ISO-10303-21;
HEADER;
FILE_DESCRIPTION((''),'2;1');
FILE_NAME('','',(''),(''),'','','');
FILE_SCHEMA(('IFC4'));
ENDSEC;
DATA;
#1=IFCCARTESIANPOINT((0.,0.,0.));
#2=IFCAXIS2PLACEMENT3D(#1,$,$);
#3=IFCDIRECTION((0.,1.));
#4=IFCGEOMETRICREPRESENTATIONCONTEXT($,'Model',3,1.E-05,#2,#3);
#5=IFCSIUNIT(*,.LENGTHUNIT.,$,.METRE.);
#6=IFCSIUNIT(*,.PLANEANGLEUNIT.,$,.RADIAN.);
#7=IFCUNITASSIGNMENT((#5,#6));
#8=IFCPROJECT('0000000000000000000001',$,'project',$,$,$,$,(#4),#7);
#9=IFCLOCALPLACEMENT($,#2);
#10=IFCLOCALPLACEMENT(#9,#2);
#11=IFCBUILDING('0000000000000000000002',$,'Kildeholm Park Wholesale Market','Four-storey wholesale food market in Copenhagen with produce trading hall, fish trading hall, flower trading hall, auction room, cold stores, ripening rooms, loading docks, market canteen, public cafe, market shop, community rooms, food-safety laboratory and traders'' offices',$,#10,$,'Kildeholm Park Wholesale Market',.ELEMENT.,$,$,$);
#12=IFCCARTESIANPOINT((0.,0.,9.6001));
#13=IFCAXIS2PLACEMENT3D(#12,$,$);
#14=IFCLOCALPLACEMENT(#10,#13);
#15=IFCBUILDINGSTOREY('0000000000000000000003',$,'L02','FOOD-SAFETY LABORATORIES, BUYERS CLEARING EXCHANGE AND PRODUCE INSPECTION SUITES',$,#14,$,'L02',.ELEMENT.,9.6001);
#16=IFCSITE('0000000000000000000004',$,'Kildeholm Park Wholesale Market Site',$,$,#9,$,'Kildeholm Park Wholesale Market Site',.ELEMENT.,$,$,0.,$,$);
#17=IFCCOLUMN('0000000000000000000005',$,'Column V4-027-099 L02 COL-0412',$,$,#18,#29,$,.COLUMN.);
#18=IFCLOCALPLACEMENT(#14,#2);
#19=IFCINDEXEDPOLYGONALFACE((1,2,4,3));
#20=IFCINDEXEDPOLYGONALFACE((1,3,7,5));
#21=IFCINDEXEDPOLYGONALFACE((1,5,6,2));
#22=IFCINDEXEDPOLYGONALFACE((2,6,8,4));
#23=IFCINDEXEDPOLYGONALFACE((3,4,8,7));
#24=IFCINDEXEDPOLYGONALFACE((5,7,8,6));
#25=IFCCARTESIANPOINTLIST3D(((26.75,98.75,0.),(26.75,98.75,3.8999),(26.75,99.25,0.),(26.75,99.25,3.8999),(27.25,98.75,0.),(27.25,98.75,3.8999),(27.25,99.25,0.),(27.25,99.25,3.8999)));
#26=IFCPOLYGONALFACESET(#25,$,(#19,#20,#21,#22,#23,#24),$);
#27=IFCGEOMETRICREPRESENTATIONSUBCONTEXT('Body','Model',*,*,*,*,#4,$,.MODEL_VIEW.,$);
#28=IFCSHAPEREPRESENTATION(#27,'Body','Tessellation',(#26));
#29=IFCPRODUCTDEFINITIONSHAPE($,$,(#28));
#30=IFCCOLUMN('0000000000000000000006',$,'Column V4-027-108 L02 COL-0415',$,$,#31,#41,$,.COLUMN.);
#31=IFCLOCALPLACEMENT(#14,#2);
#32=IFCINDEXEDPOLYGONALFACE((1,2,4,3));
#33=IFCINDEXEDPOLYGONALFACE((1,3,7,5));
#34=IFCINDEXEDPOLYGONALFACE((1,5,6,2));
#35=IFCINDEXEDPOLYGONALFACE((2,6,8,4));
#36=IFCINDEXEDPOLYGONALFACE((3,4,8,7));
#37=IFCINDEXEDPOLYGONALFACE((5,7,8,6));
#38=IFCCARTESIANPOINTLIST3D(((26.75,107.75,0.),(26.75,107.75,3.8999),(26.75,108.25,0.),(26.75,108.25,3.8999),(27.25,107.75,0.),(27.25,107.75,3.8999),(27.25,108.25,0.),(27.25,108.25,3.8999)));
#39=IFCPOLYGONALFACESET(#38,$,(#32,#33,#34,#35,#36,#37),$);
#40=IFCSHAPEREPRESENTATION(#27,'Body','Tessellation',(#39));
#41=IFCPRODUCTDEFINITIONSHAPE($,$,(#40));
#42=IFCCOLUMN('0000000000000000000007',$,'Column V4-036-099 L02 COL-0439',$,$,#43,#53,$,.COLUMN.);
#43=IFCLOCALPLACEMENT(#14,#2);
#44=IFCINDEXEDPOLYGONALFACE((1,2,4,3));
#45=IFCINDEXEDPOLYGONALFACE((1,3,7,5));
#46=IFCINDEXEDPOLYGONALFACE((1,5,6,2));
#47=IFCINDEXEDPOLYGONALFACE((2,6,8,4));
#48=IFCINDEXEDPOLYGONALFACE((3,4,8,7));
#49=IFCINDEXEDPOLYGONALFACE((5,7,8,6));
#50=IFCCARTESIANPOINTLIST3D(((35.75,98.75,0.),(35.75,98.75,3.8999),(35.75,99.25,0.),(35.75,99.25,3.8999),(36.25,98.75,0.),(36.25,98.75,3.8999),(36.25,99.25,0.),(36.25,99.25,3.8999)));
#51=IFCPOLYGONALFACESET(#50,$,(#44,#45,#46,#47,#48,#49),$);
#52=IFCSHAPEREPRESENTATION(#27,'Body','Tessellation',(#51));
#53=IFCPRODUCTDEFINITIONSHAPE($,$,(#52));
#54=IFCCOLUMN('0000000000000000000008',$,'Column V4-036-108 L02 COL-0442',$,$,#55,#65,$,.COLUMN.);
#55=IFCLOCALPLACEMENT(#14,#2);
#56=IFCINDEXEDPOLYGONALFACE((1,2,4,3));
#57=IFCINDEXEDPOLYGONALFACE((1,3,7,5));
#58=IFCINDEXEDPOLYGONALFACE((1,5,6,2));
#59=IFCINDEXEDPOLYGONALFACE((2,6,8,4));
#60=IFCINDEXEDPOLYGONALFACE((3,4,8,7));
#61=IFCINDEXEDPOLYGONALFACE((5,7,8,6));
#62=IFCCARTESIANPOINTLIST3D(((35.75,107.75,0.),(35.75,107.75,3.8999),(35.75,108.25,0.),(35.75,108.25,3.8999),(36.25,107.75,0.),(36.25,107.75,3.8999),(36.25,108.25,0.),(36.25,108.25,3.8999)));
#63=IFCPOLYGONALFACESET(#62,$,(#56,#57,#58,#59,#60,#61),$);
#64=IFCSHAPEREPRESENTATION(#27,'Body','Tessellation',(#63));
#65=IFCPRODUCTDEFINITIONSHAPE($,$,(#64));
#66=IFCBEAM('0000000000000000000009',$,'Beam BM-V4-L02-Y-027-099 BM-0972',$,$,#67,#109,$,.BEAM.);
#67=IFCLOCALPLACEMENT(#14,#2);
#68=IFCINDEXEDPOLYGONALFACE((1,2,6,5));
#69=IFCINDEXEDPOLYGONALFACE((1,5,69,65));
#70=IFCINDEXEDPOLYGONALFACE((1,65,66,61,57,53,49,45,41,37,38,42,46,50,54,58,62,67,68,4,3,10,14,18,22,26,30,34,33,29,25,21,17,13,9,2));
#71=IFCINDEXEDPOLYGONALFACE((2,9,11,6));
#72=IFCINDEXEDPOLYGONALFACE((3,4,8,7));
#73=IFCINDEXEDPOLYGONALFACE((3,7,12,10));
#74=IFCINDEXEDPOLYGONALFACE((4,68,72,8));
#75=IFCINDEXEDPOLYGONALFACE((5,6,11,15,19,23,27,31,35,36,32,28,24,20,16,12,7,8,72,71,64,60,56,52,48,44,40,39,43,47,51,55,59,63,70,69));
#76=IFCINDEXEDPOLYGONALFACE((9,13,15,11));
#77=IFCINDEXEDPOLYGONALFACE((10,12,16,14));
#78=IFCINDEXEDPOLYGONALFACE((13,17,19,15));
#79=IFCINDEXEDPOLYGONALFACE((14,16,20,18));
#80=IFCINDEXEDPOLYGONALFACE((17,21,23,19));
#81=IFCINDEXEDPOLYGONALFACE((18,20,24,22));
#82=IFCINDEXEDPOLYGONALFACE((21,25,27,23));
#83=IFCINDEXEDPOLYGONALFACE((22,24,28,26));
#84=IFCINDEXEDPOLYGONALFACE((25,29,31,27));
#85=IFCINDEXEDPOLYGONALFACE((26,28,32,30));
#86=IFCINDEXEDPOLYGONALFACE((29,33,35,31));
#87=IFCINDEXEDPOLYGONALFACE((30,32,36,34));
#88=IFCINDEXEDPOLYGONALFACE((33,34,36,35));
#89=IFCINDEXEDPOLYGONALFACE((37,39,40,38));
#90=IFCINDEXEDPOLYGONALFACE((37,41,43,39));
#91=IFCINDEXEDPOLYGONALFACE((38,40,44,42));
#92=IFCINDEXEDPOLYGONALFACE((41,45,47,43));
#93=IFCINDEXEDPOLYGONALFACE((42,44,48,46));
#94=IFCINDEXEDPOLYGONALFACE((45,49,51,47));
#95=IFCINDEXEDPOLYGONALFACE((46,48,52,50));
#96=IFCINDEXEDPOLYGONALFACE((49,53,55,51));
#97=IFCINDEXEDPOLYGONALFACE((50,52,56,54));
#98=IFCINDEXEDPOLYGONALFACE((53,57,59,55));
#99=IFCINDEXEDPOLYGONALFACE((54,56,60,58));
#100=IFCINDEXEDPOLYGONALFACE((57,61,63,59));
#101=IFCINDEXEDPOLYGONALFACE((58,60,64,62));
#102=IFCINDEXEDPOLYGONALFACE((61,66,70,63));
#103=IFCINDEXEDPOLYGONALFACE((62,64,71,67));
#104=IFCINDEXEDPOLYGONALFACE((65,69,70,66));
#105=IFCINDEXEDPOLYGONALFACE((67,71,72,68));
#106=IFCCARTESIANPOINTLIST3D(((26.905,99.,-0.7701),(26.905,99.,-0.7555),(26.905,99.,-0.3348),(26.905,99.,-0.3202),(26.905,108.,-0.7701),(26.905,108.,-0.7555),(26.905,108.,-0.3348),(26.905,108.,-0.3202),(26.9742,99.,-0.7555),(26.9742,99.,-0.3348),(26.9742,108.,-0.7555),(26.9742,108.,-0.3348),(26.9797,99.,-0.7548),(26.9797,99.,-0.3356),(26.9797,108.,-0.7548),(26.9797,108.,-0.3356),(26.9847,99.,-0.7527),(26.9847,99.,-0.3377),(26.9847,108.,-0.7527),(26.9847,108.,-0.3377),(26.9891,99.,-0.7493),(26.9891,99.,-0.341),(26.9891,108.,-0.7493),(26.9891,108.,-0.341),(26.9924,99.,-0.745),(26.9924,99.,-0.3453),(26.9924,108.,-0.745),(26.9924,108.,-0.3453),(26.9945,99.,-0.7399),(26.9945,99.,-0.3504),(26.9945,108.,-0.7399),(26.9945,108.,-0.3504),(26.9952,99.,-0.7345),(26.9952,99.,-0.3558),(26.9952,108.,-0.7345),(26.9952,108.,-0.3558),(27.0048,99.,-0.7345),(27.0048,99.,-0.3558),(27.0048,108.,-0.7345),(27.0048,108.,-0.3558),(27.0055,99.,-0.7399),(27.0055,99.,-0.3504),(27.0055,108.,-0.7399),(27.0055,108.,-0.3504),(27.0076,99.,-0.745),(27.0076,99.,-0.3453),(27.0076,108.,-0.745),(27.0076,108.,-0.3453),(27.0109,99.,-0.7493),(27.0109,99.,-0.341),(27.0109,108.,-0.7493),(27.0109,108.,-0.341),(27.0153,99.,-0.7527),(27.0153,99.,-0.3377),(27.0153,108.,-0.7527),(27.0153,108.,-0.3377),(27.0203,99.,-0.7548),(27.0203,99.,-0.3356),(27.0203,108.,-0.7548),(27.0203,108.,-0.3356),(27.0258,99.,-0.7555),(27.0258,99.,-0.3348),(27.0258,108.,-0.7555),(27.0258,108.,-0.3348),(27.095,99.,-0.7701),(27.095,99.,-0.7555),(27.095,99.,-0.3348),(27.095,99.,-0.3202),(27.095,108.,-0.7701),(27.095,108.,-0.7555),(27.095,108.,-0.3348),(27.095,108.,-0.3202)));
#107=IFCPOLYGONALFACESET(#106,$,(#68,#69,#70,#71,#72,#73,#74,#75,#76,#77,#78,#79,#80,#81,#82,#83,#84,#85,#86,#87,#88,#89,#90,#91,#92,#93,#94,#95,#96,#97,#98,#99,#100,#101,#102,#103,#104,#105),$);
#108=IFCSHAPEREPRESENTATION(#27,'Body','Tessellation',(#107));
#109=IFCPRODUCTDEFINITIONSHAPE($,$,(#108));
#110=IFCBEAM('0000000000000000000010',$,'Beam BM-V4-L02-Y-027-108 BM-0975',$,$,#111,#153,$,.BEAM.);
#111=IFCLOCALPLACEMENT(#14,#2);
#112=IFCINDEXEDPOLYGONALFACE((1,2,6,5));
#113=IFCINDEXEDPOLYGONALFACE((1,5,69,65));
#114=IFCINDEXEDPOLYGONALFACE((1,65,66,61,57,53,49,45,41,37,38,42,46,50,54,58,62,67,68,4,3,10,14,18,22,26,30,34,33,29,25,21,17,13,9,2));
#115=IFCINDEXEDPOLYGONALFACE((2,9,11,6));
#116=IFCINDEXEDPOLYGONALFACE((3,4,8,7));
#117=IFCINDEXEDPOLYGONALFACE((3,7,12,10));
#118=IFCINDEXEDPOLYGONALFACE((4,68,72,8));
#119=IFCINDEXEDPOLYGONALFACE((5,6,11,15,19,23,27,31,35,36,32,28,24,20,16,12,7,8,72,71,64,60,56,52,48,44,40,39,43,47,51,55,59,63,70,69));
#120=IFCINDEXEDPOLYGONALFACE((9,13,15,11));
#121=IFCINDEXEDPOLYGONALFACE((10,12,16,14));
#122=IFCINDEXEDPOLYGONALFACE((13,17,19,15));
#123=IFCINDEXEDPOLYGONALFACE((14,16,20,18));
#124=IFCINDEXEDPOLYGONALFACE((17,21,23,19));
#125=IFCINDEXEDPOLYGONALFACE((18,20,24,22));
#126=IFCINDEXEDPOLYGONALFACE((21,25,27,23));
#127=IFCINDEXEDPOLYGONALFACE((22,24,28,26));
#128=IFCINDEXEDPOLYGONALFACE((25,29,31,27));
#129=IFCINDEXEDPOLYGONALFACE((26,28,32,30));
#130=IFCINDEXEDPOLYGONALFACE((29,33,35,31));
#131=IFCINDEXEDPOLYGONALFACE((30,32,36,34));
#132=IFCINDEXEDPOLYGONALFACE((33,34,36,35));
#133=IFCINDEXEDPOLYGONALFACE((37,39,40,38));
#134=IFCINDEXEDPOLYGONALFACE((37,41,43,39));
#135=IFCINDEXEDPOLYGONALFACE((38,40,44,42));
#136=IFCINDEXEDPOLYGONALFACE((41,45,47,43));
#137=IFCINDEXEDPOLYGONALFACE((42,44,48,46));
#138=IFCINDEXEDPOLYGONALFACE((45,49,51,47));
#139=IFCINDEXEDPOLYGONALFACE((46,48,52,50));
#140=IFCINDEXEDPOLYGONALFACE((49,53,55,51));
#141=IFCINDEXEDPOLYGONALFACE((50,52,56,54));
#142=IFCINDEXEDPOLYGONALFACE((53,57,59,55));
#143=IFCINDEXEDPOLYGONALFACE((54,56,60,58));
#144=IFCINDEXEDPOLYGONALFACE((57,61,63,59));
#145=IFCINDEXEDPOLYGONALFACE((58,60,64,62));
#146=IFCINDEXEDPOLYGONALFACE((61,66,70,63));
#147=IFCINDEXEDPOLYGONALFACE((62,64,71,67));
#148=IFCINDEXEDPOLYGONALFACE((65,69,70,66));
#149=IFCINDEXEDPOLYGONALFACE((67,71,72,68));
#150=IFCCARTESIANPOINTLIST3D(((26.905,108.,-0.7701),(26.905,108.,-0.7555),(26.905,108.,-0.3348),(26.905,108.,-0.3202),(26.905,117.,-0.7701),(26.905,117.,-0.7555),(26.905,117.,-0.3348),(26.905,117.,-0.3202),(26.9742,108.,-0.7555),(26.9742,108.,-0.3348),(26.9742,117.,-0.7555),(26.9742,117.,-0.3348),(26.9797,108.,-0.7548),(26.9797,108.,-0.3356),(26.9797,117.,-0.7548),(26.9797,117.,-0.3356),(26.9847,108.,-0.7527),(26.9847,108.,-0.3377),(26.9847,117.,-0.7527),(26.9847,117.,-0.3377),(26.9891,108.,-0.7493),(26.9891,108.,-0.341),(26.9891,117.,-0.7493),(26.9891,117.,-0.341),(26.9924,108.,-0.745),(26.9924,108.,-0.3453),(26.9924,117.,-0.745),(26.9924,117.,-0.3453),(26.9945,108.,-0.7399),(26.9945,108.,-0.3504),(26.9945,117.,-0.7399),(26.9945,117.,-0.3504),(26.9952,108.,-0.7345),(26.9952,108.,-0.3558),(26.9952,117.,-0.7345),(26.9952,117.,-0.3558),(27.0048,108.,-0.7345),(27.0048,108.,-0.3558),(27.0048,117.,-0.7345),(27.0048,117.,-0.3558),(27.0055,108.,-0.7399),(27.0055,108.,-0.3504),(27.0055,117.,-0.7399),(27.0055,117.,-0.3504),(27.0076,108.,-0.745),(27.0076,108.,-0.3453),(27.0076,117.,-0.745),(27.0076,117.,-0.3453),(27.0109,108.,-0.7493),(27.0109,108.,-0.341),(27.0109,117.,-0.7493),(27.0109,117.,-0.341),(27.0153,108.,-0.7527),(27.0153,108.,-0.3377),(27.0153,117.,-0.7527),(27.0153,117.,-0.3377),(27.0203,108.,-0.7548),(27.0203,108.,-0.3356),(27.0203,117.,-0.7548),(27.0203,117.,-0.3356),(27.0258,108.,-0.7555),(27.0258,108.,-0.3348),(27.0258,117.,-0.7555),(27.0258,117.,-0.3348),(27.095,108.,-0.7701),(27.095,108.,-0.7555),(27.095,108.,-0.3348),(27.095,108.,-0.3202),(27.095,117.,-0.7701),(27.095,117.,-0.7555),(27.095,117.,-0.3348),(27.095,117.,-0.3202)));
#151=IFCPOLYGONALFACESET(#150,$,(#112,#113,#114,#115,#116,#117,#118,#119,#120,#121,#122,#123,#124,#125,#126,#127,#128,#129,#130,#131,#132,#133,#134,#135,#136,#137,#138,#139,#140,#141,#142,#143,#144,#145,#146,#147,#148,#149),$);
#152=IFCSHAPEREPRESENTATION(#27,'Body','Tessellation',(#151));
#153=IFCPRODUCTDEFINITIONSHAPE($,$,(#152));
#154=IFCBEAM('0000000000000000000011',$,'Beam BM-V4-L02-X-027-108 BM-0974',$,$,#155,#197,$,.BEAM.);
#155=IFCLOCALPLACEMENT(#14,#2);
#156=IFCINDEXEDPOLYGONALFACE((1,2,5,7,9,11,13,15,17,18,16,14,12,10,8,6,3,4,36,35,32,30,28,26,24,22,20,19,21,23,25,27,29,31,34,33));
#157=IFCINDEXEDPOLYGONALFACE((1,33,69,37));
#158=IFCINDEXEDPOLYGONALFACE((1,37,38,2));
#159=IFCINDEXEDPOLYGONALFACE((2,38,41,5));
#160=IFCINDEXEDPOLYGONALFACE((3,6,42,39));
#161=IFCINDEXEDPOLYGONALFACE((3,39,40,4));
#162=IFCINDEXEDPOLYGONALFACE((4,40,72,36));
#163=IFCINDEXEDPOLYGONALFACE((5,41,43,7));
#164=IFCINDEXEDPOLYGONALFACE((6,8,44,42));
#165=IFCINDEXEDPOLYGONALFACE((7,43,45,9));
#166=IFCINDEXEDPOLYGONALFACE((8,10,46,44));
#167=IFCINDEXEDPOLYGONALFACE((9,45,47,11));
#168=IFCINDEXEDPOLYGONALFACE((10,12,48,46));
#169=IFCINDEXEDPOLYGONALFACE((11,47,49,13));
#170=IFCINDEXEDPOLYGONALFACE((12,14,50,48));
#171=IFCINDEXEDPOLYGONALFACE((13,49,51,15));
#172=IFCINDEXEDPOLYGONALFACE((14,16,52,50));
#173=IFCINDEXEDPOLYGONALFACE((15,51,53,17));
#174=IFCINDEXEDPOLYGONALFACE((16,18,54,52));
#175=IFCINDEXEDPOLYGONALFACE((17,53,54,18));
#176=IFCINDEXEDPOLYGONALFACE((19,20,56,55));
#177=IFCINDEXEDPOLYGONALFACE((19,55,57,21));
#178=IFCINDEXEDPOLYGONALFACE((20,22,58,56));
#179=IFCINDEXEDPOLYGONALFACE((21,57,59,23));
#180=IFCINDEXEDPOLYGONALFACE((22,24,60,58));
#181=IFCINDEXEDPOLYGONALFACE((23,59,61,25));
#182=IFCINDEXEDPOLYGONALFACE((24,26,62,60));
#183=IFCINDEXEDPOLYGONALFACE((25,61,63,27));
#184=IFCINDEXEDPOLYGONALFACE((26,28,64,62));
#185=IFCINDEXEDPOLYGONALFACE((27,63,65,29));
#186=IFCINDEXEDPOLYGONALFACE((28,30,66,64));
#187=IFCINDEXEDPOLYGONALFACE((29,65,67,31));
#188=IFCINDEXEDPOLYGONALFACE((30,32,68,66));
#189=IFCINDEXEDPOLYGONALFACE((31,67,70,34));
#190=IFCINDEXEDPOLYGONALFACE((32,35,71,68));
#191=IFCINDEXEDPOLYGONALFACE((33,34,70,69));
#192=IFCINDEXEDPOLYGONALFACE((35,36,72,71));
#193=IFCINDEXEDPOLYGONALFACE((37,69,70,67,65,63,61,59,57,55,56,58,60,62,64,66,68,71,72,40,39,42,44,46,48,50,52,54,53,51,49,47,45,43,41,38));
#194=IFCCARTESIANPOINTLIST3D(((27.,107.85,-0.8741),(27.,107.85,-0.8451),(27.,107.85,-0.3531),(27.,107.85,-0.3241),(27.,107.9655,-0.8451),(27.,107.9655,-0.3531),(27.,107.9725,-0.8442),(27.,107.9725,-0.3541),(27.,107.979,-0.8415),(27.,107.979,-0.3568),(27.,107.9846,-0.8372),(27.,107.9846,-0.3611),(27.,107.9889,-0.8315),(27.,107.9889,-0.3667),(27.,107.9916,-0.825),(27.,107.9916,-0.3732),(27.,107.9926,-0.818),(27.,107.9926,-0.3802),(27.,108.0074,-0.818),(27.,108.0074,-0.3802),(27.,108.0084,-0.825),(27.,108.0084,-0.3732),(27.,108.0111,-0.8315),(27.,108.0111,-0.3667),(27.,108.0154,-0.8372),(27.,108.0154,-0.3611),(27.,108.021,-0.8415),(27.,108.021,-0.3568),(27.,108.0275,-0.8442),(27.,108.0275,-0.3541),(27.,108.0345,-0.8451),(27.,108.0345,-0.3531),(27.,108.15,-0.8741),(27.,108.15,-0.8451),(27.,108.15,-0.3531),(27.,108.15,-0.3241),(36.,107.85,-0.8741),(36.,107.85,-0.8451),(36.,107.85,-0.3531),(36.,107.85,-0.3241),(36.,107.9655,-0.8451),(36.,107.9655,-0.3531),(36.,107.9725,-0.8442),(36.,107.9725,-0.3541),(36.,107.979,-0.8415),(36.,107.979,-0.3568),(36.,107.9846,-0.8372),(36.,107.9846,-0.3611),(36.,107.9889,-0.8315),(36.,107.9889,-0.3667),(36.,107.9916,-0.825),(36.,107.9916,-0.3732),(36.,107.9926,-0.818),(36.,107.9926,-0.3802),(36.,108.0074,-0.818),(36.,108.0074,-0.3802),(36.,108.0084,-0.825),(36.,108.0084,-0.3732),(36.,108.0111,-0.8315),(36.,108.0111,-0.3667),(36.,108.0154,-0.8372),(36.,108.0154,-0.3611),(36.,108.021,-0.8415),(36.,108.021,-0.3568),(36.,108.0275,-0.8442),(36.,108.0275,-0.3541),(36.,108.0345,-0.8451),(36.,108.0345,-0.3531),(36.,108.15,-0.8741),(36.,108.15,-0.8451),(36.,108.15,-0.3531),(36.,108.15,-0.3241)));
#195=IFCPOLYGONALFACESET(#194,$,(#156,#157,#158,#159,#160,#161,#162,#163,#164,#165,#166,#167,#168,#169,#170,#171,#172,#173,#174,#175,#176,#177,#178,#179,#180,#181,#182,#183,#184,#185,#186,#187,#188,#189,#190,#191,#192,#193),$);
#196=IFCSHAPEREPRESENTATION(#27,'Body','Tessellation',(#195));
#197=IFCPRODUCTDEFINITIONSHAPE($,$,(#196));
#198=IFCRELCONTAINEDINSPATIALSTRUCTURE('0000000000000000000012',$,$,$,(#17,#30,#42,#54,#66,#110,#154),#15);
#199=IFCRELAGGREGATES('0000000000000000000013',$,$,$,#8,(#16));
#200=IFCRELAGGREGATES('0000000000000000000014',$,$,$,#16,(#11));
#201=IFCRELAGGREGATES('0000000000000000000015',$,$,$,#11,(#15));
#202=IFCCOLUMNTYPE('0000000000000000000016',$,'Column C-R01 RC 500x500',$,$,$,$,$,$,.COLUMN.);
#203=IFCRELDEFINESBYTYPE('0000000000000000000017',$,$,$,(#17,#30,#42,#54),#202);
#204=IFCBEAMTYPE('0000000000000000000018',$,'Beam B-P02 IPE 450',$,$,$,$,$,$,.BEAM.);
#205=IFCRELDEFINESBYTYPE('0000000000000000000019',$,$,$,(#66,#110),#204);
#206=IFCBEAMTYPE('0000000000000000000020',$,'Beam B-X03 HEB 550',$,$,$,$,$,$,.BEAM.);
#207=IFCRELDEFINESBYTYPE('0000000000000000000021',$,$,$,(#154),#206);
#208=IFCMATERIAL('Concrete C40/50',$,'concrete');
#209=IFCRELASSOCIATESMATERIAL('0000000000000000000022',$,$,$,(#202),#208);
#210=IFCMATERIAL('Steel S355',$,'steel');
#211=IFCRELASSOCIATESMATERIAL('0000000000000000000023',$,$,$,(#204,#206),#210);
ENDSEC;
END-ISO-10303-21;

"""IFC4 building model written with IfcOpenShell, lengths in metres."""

from ifc_helpers import new_model, si_unit, direction, frame, origin, origin_2d, place, context, subcontext, project, spatial, rectangle, i_section, extrude, material, material_profile, profile_set, type_object, element, save


model = new_model("IFC4")

# Units and contexts
model_context = context("Model", 3, precision=1e-05, world=origin(), true_north=direction((0.0, 1.0)))
body_context = subcontext(model_context, "Body", "Model", "MODEL_VIEW")
ifc_project = project(units=[si_unit("LENGTHUNIT", "METRE"), si_unit("PLANEANGLEUNIT", "RADIAN")], contexts=[model_context])

# Site, building, storey
site_placement = place(None, origin())
site = spatial("IfcSite", under=ifc_project, at=site_placement, Name="Kildeholm Park Wholesale Market Site", LongName="Kildeholm Park Wholesale Market Site", CompositionType="ELEMENT", RefElevation=0.0)
building_placement = place(site_placement, origin())
building = spatial("IfcBuilding", under=site, at=building_placement, Name="Kildeholm Park Wholesale Market", Description="Four-storey wholesale food market in Copenhagen with produce trading hall, fish trading hall, flower trading hall, auction room, cold stores, ripening rooms, loading docks, market canteen, public cafe, market shop, community rooms, food-safety laboratory and traders' offices", LongName="Kildeholm Park Wholesale Market", CompositionType="ELEMENT")
storey_placement = place(building_placement, frame((0.0, 0.0, 9.6001)))
storey = spatial("IfcBuildingStorey", under=building, at=storey_placement, Name="L02", Description="FOOD-SAFETY LABORATORIES, BUYERS CLEARING EXCHANGE AND PRODUCE INSPECTION SUITES", LongName="L02", CompositionType="ELEMENT", Elevation=9.6001)

# Columns
ifc_material_1 = material(Name="Concrete C40/50", Category="concrete")
ifc_material_profile_1 = material_profile(ifc_material_1, rectangle(XDim=0.5, YDim=0.5, at=origin_2d()), Name="RC 500x500")
ifc_profile_set_1 = profile_set([ifc_material_profile_1], Name="Concrete C40/50")
column_type = type_object("IfcColumnType", Name="Column C-R01 RC 500x500", PredefinedType="COLUMN", material=ifc_profile_set_1)
for number, where, z_axis, x_axis, name in (
    (1, (27.0, 99.0, 0.0), (0.0, 0.0, 1.0), (1.0, 0.0, 0.0), "Column V4-027-099 L02 COL-0412"),
    (2, (27.0, 108.0, 0.0), (0.0, 0.0, 1.0), (1.0, 0.0, 0.0), "Column V4-027-108 L02 COL-0415"),
    (3, (36.0, 99.0, 0.0), (0.0, 0.0, 1.0), (1.0, 0.0, 0.0), "Column V4-036-099 L02 COL-0439"),
    (4, (36.0, 108.0, 0.0), (0.0, 0.0, 1.0), (1.0, 0.0, 0.0), "Column V4-036-108 L02 COL-0442"),
):
    element("IfcColumn", number, at=place(storey_placement, frame(where, z_axis=z_axis, x_axis=x_axis)), inside=storey, type_object=column_type, Name=name, PredefinedType="COLUMN", context=body_context, shape_type="SweptSolid", body=[
        extrude(rectangle(XDim=0.5, YDim=0.5, at=origin_2d()), origin(), (0.0, 0.0, 1.0), 3.8999),
    ])

# Beams
ifc_material_2 = material(Name="Steel S355", Category="steel")
ifc_material_profile_2 = material_profile(ifc_material_2, i_section(OverallWidth=0.1899, OverallDepth=0.45, WebThickness=0.0095, FlangeThickness=0.0146, FilletRadius=0.021, at=origin_2d()), Name="IPE 450")
ifc_profile_set_2 = profile_set([ifc_material_profile_2], Name="Steel S355")
beam_type_1 = type_object("IfcBeamType", Name="Beam B-P02 IPE 450", PredefinedType="BEAM", material=ifc_profile_set_2)
for number, where, z_axis, x_axis, name in (
    (5, (27.0, 99.0, -0.5452), (0.0, 1.0, 0.0), (-1.0, 0.0, 0.0), "Beam BM-V4-L02-Y-027-099 BM-0972"),
    (6, (27.0, 108.0, -0.5452), (0.0, 1.0, 0.0), (-1.0, 0.0, 0.0), "Beam BM-V4-L02-Y-027-108 BM-0975"),
):
    element("IfcBeam", number, at=place(storey_placement, frame(where, z_axis=z_axis, x_axis=x_axis)), inside=storey, type_object=beam_type_1, Name=name, PredefinedType="BEAM", context=body_context, shape_type="SweptSolid", body=[
        extrude(i_section(OverallWidth=0.1899, OverallDepth=0.45, WebThickness=0.0095, FlangeThickness=0.0146, FilletRadius=0.021, at=origin_2d()), origin(), (0.0, 0.0, 1.0), 9.0),
    ])
ifc_material_profile_3 = material_profile(ifc_material_2, i_section(OverallWidth=0.3, OverallDepth=0.55, WebThickness=0.0149, FlangeThickness=0.0291, FilletRadius=0.0271, at=origin_2d()), Name="HEB 550")
ifc_profile_set_3 = profile_set([ifc_material_profile_3], Name="Steel S355")
beam_type_2 = type_object("IfcBeamType", Name="Beam B-X03 HEB 550", PredefinedType="BEAM", material=ifc_profile_set_3)
beam_1_placement = place(storey_placement, frame((27.0, 108.0, -0.5991), z_axis=(1.0, 0.0, 0.0), x_axis=(0.0, 1.0, 0.0)))
element("IfcBeam", 7, at=beam_1_placement, inside=storey, type_object=beam_type_2, Name="Beam BM-V4-L02-X-027-108 BM-0974", PredefinedType="BEAM", context=body_context, shape_type="SweptSolid", body=[
    extrude(i_section(OverallWidth=0.3, OverallDepth=0.55, WebThickness=0.0149, FlangeThickness=0.0291, FilletRadius=0.0271, at=origin_2d()), origin(), (0.0, 0.0, 1.0), 9.0),
])

save(model, "model.ifc")
